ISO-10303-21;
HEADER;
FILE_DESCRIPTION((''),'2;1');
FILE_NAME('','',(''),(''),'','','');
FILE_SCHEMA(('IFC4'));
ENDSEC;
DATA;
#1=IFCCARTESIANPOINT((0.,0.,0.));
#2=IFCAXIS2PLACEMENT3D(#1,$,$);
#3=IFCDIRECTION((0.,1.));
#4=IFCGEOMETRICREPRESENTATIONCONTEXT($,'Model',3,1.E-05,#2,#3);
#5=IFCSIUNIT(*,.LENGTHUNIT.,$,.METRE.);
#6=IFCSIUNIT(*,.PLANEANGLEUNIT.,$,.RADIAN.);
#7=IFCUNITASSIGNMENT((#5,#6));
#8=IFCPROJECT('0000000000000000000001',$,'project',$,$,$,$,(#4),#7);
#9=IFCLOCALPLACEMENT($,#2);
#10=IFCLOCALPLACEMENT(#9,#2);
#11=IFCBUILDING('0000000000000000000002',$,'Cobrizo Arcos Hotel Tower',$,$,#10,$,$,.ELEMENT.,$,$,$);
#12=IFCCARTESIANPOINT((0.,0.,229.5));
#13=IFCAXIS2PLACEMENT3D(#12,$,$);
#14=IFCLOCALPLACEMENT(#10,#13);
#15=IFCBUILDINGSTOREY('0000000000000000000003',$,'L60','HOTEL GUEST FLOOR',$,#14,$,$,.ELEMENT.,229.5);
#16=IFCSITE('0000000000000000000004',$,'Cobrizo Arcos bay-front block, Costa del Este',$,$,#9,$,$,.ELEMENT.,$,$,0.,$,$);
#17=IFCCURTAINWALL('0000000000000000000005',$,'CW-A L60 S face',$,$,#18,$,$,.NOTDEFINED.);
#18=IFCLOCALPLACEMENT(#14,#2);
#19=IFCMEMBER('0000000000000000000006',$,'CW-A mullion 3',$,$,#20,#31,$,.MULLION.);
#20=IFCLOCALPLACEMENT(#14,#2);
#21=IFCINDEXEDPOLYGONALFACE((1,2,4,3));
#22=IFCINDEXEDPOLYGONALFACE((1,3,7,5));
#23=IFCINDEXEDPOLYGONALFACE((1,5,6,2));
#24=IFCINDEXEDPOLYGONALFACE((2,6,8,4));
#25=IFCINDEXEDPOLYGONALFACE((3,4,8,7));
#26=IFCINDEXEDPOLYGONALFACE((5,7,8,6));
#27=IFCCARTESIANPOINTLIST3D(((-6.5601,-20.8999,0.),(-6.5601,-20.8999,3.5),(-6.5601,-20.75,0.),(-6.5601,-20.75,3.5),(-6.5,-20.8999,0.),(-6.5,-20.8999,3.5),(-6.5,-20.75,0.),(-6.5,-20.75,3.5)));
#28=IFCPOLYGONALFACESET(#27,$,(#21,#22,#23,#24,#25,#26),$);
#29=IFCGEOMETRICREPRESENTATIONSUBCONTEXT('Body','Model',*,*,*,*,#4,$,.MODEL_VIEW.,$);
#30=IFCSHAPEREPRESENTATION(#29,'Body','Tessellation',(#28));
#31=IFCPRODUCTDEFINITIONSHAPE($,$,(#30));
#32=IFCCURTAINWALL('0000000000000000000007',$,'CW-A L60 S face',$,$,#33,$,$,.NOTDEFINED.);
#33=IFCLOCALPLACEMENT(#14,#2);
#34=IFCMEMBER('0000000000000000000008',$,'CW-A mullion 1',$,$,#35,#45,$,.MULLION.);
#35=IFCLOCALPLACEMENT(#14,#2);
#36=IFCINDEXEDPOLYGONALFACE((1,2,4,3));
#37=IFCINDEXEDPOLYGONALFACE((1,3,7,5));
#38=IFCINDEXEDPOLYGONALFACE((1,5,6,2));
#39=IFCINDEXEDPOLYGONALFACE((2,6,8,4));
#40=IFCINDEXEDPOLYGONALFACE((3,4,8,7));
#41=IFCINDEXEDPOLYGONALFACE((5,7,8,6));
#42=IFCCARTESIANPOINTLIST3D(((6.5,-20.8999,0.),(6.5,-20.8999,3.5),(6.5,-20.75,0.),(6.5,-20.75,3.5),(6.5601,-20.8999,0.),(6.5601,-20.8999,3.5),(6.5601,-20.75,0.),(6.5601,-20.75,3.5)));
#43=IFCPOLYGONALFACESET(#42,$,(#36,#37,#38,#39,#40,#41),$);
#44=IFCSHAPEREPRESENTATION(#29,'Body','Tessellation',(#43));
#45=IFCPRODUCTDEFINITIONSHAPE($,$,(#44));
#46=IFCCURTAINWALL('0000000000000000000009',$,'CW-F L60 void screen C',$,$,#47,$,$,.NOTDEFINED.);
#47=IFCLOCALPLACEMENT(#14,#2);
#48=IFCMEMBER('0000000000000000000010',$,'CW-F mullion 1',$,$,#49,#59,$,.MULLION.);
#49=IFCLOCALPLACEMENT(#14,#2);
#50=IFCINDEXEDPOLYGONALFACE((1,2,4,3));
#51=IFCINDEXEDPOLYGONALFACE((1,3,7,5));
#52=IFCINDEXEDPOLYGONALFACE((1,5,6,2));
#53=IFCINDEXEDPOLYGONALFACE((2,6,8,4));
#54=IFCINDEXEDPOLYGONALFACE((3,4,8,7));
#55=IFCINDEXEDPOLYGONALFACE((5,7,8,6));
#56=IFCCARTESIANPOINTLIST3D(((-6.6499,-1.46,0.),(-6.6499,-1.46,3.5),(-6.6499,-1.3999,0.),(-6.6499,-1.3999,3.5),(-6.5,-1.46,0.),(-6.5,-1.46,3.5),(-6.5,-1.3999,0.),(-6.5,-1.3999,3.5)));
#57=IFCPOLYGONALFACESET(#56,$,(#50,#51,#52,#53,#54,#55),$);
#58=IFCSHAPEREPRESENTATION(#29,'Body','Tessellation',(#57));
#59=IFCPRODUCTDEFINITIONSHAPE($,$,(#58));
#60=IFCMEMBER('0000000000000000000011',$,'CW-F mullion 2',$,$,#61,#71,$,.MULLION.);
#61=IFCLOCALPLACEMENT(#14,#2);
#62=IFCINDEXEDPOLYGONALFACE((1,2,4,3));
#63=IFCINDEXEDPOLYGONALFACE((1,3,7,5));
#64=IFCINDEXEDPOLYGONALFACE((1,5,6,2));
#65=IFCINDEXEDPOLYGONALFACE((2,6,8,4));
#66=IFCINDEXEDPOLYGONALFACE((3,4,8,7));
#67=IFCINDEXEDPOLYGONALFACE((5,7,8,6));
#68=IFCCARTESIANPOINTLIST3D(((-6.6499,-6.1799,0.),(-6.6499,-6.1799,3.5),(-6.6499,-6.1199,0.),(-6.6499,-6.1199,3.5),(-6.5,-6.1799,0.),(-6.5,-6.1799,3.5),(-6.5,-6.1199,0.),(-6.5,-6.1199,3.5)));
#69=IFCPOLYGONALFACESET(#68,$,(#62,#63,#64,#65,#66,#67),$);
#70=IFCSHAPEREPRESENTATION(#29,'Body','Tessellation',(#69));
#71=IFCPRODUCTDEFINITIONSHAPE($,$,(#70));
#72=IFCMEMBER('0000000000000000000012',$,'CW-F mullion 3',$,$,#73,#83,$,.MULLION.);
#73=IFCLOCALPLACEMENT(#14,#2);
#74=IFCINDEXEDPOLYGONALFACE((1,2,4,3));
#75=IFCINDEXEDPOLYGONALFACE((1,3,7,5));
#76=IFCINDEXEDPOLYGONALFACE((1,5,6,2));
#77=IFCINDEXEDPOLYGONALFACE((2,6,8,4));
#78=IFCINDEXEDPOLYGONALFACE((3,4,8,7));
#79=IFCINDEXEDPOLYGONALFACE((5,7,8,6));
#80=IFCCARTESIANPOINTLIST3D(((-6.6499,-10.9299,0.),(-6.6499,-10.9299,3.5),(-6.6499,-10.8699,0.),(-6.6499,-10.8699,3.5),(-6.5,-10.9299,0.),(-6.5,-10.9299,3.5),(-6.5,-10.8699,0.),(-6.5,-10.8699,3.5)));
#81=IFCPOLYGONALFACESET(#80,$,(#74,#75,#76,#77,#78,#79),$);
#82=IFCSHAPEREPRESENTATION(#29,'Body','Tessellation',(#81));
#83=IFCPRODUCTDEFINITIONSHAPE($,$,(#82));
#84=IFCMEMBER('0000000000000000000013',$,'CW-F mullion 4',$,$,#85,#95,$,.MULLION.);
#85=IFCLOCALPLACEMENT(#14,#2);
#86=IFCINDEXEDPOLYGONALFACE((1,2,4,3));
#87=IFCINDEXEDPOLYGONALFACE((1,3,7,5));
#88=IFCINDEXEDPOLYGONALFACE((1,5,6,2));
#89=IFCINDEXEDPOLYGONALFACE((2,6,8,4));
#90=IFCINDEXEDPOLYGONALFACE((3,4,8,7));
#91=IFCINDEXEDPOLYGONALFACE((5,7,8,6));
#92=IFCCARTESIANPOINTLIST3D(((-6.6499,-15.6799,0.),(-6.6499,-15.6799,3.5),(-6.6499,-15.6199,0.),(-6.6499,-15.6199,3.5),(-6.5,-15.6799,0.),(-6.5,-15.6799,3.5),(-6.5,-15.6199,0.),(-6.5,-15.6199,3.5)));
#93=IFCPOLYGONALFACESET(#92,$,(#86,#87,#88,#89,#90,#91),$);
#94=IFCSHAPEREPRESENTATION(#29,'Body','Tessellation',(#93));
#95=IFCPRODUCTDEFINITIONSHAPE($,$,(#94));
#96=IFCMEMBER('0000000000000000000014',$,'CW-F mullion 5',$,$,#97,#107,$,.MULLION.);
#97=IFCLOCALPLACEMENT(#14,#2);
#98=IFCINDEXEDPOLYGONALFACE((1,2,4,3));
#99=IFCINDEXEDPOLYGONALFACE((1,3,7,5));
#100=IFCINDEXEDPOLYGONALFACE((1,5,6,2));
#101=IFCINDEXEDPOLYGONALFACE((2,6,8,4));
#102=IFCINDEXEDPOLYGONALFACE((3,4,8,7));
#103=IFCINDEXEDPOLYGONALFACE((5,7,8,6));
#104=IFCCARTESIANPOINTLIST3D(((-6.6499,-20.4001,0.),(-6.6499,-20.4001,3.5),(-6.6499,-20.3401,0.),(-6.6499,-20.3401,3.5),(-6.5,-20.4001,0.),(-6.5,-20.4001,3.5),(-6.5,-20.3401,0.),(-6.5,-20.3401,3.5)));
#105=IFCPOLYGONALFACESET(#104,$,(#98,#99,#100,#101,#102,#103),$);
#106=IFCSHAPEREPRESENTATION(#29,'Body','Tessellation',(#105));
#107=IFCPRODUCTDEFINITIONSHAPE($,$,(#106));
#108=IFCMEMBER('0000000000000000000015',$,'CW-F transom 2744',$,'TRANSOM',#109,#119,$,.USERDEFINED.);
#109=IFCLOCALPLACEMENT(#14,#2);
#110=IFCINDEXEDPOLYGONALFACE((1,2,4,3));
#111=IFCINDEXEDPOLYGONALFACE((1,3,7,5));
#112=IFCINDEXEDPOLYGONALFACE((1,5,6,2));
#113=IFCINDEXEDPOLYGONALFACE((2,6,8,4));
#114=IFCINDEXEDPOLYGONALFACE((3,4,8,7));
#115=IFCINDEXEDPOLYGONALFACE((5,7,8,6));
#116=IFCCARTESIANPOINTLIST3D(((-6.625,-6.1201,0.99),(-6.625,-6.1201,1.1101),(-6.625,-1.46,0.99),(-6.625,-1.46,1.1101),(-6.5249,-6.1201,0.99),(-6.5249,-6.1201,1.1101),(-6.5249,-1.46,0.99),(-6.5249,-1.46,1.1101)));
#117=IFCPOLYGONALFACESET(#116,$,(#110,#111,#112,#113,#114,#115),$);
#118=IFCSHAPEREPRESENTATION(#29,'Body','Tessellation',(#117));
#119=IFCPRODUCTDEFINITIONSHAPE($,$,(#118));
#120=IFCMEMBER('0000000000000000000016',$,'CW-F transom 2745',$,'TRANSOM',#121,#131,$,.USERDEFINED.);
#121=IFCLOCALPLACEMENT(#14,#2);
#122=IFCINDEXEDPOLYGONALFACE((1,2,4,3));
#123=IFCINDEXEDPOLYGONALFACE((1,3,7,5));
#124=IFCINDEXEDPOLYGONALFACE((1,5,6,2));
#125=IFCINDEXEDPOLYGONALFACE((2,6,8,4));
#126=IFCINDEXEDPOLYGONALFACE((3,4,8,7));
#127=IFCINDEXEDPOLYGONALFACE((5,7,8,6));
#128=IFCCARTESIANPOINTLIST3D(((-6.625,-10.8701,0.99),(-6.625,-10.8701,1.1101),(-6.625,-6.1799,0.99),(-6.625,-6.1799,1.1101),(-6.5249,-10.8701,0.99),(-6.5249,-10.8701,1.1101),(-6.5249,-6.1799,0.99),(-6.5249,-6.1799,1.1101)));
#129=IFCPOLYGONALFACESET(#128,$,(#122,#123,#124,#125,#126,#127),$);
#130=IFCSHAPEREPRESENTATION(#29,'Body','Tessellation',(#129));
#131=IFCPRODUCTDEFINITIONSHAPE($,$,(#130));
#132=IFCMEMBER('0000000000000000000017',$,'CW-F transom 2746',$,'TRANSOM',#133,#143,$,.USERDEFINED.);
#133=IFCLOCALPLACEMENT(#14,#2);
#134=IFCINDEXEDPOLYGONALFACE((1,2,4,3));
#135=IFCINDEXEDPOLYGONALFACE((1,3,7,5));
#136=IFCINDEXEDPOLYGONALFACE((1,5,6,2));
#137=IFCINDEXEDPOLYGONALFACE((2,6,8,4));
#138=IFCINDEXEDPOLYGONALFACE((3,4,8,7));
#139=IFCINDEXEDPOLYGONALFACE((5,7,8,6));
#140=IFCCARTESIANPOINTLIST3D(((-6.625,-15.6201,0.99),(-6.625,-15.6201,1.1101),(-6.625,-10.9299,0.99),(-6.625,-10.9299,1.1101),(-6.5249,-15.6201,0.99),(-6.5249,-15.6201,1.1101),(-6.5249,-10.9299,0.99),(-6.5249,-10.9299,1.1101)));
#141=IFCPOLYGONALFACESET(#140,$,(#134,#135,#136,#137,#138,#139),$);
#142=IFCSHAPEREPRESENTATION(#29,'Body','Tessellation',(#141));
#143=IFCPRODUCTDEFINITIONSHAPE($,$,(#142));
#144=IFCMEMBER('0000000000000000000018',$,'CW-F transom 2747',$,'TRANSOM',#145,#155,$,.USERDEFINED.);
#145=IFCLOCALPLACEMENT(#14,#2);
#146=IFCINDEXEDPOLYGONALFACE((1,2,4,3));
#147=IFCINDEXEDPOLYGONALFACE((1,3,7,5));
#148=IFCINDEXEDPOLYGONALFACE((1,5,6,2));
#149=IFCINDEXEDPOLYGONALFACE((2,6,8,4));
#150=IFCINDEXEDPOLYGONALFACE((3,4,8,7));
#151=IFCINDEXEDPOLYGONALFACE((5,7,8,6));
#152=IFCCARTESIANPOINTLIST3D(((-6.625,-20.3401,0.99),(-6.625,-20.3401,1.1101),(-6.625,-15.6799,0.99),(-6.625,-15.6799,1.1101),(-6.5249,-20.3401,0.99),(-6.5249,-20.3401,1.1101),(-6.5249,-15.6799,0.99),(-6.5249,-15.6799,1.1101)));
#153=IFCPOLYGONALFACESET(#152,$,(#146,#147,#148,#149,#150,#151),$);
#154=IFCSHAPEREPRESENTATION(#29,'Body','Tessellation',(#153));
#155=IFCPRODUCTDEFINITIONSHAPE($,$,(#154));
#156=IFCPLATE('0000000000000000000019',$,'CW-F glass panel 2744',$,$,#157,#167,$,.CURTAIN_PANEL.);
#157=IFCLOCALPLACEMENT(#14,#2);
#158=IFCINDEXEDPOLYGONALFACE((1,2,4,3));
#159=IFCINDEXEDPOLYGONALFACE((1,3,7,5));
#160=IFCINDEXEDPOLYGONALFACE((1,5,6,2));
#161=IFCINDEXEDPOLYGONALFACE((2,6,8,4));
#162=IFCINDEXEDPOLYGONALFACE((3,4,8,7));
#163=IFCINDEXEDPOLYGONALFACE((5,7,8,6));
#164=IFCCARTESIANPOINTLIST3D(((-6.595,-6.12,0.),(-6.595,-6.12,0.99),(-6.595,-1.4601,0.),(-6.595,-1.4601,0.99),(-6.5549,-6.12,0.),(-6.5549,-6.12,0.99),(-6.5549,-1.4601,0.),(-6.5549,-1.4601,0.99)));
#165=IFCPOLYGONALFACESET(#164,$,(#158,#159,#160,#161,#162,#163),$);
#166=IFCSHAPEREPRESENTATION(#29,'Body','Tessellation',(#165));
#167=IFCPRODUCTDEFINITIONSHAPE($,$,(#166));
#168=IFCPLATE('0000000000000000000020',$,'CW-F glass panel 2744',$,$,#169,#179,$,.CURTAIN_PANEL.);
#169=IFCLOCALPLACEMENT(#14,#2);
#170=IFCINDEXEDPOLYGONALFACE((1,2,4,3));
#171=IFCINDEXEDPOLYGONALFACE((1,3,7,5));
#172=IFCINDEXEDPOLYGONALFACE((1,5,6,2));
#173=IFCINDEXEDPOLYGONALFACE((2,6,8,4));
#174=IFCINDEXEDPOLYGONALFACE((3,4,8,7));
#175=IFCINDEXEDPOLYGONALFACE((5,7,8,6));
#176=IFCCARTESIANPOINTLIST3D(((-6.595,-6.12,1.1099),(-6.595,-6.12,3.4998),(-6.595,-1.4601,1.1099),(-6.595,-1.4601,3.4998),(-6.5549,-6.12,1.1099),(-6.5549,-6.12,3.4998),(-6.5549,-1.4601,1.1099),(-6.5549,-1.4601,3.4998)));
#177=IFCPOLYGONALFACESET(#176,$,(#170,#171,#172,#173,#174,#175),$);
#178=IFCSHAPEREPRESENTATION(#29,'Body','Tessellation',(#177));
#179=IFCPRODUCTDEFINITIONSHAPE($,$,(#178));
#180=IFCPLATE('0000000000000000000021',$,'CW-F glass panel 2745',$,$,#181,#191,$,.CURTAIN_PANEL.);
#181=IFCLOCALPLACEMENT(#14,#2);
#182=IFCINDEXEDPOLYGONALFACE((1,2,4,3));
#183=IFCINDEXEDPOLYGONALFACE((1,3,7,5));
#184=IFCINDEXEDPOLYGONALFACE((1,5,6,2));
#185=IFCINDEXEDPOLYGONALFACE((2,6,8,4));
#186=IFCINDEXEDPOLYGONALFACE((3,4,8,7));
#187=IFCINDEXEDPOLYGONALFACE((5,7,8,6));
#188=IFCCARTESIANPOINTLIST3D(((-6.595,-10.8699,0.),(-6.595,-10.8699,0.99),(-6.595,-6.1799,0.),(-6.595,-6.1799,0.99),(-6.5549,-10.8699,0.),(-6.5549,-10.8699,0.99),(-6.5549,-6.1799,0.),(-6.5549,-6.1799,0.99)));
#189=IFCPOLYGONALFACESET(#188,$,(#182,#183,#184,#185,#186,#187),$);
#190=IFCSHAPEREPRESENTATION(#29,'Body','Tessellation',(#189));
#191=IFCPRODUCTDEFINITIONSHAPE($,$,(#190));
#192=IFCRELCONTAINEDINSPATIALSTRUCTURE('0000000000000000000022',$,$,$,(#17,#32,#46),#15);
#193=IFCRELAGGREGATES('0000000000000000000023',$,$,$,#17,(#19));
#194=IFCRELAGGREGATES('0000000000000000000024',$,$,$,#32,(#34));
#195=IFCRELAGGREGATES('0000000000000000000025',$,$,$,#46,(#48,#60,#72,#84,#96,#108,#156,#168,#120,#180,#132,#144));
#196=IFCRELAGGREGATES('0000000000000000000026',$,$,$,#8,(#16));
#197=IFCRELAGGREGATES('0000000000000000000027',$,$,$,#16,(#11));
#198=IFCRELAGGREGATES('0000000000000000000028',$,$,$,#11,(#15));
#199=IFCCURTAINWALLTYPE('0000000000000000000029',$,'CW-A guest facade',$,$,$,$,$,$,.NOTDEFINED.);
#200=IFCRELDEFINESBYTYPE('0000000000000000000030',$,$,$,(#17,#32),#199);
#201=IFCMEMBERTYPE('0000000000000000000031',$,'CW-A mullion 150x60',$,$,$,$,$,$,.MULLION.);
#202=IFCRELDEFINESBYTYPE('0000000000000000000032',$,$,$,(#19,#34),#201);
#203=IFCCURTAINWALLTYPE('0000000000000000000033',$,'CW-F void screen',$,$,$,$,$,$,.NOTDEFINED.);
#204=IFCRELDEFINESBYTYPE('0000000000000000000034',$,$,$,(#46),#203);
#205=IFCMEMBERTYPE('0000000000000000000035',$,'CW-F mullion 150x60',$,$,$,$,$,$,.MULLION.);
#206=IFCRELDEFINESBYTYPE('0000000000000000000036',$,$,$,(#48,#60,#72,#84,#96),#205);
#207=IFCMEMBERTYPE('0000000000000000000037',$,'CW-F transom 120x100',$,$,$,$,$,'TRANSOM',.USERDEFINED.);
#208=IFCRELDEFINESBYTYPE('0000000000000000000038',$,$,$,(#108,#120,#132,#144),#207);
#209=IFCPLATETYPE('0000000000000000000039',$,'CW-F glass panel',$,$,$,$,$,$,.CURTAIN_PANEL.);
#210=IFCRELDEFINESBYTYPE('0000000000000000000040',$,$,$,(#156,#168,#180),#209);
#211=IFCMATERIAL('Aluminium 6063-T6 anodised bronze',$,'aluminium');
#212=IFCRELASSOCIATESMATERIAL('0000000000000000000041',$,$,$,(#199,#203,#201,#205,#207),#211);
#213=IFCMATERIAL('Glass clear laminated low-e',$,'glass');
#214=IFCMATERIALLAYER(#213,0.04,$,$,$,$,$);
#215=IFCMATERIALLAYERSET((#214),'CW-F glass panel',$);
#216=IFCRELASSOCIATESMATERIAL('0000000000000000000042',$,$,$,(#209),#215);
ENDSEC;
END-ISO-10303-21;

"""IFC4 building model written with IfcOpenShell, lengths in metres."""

from ifc_helpers import new_model, si_unit, direction, frame, origin, origin_2d, place, context, subcontext, project, spatial, rectangle, extrude, material, layer, layer_set, material_profile, profile_set, type_object, element, aggregate, save


model = new_model("IFC4")

# Units and contexts
model_context = context("Model", 3, precision=1e-05, world=origin(), true_north=direction((0.0, 1.0)))
body_context = subcontext(model_context, "Body", "Model", "MODEL_VIEW")
ifc_project = project(units=[si_unit("LENGTHUNIT", "METRE"), si_unit("PLANEANGLEUNIT", "RADIAN")], contexts=[model_context])

# Site, building, storey
site_placement = place(None, origin())
site = spatial("IfcSite", under=ifc_project, at=site_placement, Name="Cobrizo Arcos bay-front block, Costa del Este", CompositionType="ELEMENT", RefElevation=0.0)
building_placement = place(site_placement, origin())
building = spatial("IfcBuilding", under=site, at=building_placement, Name="Cobrizo Arcos Hotel Tower", CompositionType="ELEMENT")
storey_placement = place(building_placement, frame((0.0, 0.0, 229.5)))
storey = spatial("IfcBuildingStorey", under=building, at=storey_placement, Name="L60", Description="HOTEL GUEST FLOOR", CompositionType="ELEMENT", Elevation=229.5)

# Curtain walls, members
ifc_material_1 = material(Name="Aluminium 6063-T6 anodised bronze", Category="aluminium")
curtain_wall_type_1 = type_object("IfcCurtainWallType", Name="CW-A guest facade", PredefinedType="NOTDEFINED", material=ifc_material_1)
curtain_wall_1_placement = place(storey_placement, origin())
curtain_wall_1 = element("IfcCurtainWall", 1, at=curtain_wall_1_placement, inside=storey, type_object=curtain_wall_type_1, Name="CW-A L60 S face", PredefinedType="NOTDEFINED")
ifc_material_profile_1 = material_profile(ifc_material_1, rectangle(XDim=0.1499, YDim=0.0601, at=origin_2d()), Name="CW-A mullion 150x60")
ifc_profile_set_1 = profile_set([ifc_material_profile_1], Name="Aluminium 6063-T6 anodised bronze")
member_type_1 = type_object("IfcMemberType", Name="CW-A mullion 150x60", PredefinedType="MULLION", material=ifc_profile_set_1)
member_1_placement = place(storey_placement, frame((-6.53, -20.825, 0.0), z_axis=(0.0, 0.0, 1.0), x_axis=(0.0, -1.0, 0.0)))
member_1 = element("IfcMember", 2, at=member_1_placement, type_object=member_type_1, Name="CW-A mullion 3", PredefinedType="MULLION", context=body_context, shape_type="SweptSolid", body=[
    extrude(rectangle(XDim=0.1499, YDim=0.0601, at=origin_2d()), origin(), (0.0, 0.0, 1.0), 3.5),
])
aggregate(curtain_wall_1, [member_1])
curtain_wall_2_placement = place(storey_placement, origin())
curtain_wall_2 = element("IfcCurtainWall", 3, at=curtain_wall_2_placement, inside=storey, type_object=curtain_wall_type_1, Name="CW-A L60 S face", PredefinedType="NOTDEFINED")
member_2_placement = place(storey_placement, frame((6.53, -20.825, 0.0), z_axis=(0.0, 0.0, 1.0), x_axis=(0.0, -1.0, 0.0)))
member_2 = element("IfcMember", 4, at=member_2_placement, type_object=member_type_1, Name="CW-A mullion 1", PredefinedType="MULLION", context=body_context, shape_type="SweptSolid", body=[
    extrude(rectangle(XDim=0.1499, YDim=0.0601, at=origin_2d()), origin(), (0.0, 0.0, 1.0), 3.5),
])
aggregate(curtain_wall_2, [member_2])

# Curtain wall, members, plates
curtain_wall_type_2 = type_object("IfcCurtainWallType", Name="CW-F void screen", PredefinedType="NOTDEFINED", material=ifc_material_1)
curtain_wall_3_placement = place(storey_placement, origin())
curtain_wall_3 = element("IfcCurtainWall", 5, at=curtain_wall_3_placement, inside=storey, type_object=curtain_wall_type_2, Name="CW-F L60 void screen C", PredefinedType="NOTDEFINED")
ifc_material_profile_2 = material_profile(ifc_material_1, rectangle(XDim=0.1499, YDim=0.0601, at=origin_2d()), Name="CW-F mullion 150x60")
ifc_profile_set_2 = profile_set([ifc_material_profile_2], Name="Aluminium 6063-T6 anodised bronze")
member_type_2 = type_object("IfcMemberType", Name="CW-F mullion 150x60", PredefinedType="MULLION", material=ifc_profile_set_2)
member_3_placement = place(storey_placement, frame((-6.575, -1.4299, 0.0), z_axis=(0.0, 0.0, 1.0), x_axis=(-1.0, 0.0, 0.0)))
member_3 = element("IfcMember", 6, at=member_3_placement, type_object=member_type_2, Name="CW-F mullion 1", PredefinedType="MULLION", context=body_context, shape_type="SweptSolid", body=[
    extrude(rectangle(XDim=0.1499, YDim=0.0601, at=origin_2d()), origin(), (0.0, 0.0, 1.0), 3.5),
])
member_4_placement = place(storey_placement, frame((-6.575, -6.1499, 0.0), z_axis=(0.0, 0.0, 1.0), x_axis=(-1.0, 0.0, 0.0)))
member_4 = element("IfcMember", 7, at=member_4_placement, type_object=member_type_2, Name="CW-F mullion 2", PredefinedType="MULLION", context=body_context, shape_type="SweptSolid", body=[
    extrude(rectangle(XDim=0.1499, YDim=0.0601, at=origin_2d()), origin(), (0.0, 0.0, 1.0), 3.5),
])
member_5_placement = place(storey_placement, frame((-6.575, -10.8999, 0.0), z_axis=(0.0, 0.0, 1.0), x_axis=(-1.0, 0.0, 0.0)))
member_5 = element("IfcMember", 8, at=member_5_placement, type_object=member_type_2, Name="CW-F mullion 3", PredefinedType="MULLION", context=body_context, shape_type="SweptSolid", body=[
    extrude(rectangle(XDim=0.1499, YDim=0.0601, at=origin_2d()), origin(), (0.0, 0.0, 1.0), 3.5),
])
member_6_placement = place(storey_placement, frame((-6.575, -15.6499, 0.0), z_axis=(0.0, 0.0, 1.0), x_axis=(-1.0, 0.0, 0.0)))
member_6 = element("IfcMember", 9, at=member_6_placement, type_object=member_type_2, Name="CW-F mullion 4", PredefinedType="MULLION", context=body_context, shape_type="SweptSolid", body=[
    extrude(rectangle(XDim=0.1499, YDim=0.0601, at=origin_2d()), origin(), (0.0, 0.0, 1.0), 3.5),
])
member_7_placement = place(storey_placement, frame((-6.575, -20.3701, 0.0), z_axis=(0.0, 0.0, 1.0), x_axis=(-1.0, 0.0, 0.0)))
member_7 = element("IfcMember", 10, at=member_7_placement, type_object=member_type_2, Name="CW-F mullion 5", PredefinedType="MULLION", context=body_context, shape_type="SweptSolid", body=[
    extrude(rectangle(XDim=0.1499, YDim=0.0601, at=origin_2d()), origin(), (0.0, 0.0, 1.0), 3.5),
])
ifc_material_profile_3 = material_profile(ifc_material_1, rectangle(XDim=0.1001, YDim=0.1201, at=origin_2d()), Name="CW-F transom 120x100")
ifc_profile_set_3 = profile_set([ifc_material_profile_3], Name="Aluminium 6063-T6 anodised bronze")
member_type_3 = type_object("IfcMemberType", Name="CW-F transom 120x100", ElementType="TRANSOM", PredefinedType="USERDEFINED", material=ifc_profile_set_3)
member_8_placement = place(storey_placement, frame((-6.575, -1.46, 1.05), z_axis=(0.0, -1.0, 0.0), x_axis=(1.0, 0.0, 0.0)))
member_8 = element("IfcMember", 11, at=member_8_placement, type_object=member_type_3, Name="CW-F transom 2744", ObjectType="TRANSOM", PredefinedType="USERDEFINED", context=body_context, shape_type="SweptSolid", body=[
    extrude(rectangle(XDim=0.1001, YDim=0.1201, at=origin_2d()), origin(), (0.0, 0.0, 1.0), 4.6602),
])
member_9_placement = place(storey_placement, frame((-6.575, -6.1799, 1.05), z_axis=(0.0, -1.0, 0.0), x_axis=(1.0, 0.0, 0.0)))
member_9 = element("IfcMember", 12, at=member_9_placement, type_object=member_type_3, Name="CW-F transom 2745", ObjectType="TRANSOM", PredefinedType="USERDEFINED", context=body_context, shape_type="SweptSolid", body=[
    extrude(rectangle(XDim=0.1001, YDim=0.1201, at=origin_2d()), origin(), (0.0, 0.0, 1.0), 4.6902),
])
member_10_placement = place(storey_placement, frame((-6.575, -10.9299, 1.05), z_axis=(0.0, -1.0, 0.0), x_axis=(1.0, 0.0, 0.0)))
member_10 = element("IfcMember", 13, at=member_10_placement, type_object=member_type_3, Name="CW-F transom 2746", ObjectType="TRANSOM", PredefinedType="USERDEFINED", context=body_context, shape_type="SweptSolid", body=[
    extrude(rectangle(XDim=0.1001, YDim=0.1201, at=origin_2d()), origin(), (0.0, 0.0, 1.0), 4.6902),
])
member_11_placement = place(storey_placement, frame((-6.575, -15.6799, 1.05), z_axis=(0.0, -1.0, 0.0), x_axis=(1.0, 0.0, 0.0)))
member_11 = element("IfcMember", 14, at=member_11_placement, type_object=member_type_3, Name="CW-F transom 2747", ObjectType="TRANSOM", PredefinedType="USERDEFINED", context=body_context, shape_type="SweptSolid", body=[
    extrude(rectangle(XDim=0.1001, YDim=0.1201, at=origin_2d()), origin(), (0.0, 0.0, 1.0), 4.6602),
])
ifc_material_2 = material(Name="Glass clear laminated low-e", Category="glass")
ifc_layer_1 = layer(ifc_material_2, 0.04)
ifc_layer_set_1 = layer_set([ifc_layer_1], Name="CW-F glass panel")
plate_type = type_object("IfcPlateType", Name="CW-F glass panel", PredefinedType="CURTAIN_PANEL", material=ifc_layer_set_1)
plate_1_placement = place(storey_placement, frame((-6.575, -3.79, 0.0), z_axis=(0.0, 0.0, 1.0), x_axis=(0.0, -1.0, 0.0)))
plate_1 = element("IfcPlate", 15, at=plate_1_placement, type_object=plate_type, Name="CW-F glass panel 2744", PredefinedType="CURTAIN_PANEL", context=body_context, shape_type="SweptSolid", body=[
    extrude(rectangle(XDim=4.6599, YDim=0.04, at=origin_2d()), origin(), (0.0, 0.0, 1.0), 0.99),
])
plate_2_placement = place(storey_placement, frame((-6.575, -3.79, 1.1099), z_axis=(0.0, 0.0, 1.0), x_axis=(0.0, -1.0, 0.0)))
plate_2 = element("IfcPlate", 16, at=plate_2_placement, type_object=plate_type, Name="CW-F glass panel 2744", PredefinedType="CURTAIN_PANEL", context=body_context, shape_type="SweptSolid", body=[
    extrude(rectangle(XDim=4.6599, YDim=0.04, at=origin_2d()), origin(), (0.0, 0.0, 1.0), 2.3899),
])
plate_3_placement = place(storey_placement, frame((-6.575, -8.5249, 0.0), z_axis=(0.0, 0.0, 1.0), x_axis=(0.0, -1.0, 0.0)))
plate_3 = element("IfcPlate", 17, at=plate_3_placement, type_object=plate_type, Name="CW-F glass panel 2745", PredefinedType="CURTAIN_PANEL", context=body_context, shape_type="SweptSolid", body=[
    extrude(rectangle(XDim=4.6899, YDim=0.04, at=origin_2d()), origin(), (0.0, 0.0, 1.0), 0.99),
])
aggregate(curtain_wall_3, [member_3, member_4, member_5, member_6, member_7, member_8, plate_1, plate_2, member_9, plate_3, member_10, member_11])

save(model, "model.ifc")
